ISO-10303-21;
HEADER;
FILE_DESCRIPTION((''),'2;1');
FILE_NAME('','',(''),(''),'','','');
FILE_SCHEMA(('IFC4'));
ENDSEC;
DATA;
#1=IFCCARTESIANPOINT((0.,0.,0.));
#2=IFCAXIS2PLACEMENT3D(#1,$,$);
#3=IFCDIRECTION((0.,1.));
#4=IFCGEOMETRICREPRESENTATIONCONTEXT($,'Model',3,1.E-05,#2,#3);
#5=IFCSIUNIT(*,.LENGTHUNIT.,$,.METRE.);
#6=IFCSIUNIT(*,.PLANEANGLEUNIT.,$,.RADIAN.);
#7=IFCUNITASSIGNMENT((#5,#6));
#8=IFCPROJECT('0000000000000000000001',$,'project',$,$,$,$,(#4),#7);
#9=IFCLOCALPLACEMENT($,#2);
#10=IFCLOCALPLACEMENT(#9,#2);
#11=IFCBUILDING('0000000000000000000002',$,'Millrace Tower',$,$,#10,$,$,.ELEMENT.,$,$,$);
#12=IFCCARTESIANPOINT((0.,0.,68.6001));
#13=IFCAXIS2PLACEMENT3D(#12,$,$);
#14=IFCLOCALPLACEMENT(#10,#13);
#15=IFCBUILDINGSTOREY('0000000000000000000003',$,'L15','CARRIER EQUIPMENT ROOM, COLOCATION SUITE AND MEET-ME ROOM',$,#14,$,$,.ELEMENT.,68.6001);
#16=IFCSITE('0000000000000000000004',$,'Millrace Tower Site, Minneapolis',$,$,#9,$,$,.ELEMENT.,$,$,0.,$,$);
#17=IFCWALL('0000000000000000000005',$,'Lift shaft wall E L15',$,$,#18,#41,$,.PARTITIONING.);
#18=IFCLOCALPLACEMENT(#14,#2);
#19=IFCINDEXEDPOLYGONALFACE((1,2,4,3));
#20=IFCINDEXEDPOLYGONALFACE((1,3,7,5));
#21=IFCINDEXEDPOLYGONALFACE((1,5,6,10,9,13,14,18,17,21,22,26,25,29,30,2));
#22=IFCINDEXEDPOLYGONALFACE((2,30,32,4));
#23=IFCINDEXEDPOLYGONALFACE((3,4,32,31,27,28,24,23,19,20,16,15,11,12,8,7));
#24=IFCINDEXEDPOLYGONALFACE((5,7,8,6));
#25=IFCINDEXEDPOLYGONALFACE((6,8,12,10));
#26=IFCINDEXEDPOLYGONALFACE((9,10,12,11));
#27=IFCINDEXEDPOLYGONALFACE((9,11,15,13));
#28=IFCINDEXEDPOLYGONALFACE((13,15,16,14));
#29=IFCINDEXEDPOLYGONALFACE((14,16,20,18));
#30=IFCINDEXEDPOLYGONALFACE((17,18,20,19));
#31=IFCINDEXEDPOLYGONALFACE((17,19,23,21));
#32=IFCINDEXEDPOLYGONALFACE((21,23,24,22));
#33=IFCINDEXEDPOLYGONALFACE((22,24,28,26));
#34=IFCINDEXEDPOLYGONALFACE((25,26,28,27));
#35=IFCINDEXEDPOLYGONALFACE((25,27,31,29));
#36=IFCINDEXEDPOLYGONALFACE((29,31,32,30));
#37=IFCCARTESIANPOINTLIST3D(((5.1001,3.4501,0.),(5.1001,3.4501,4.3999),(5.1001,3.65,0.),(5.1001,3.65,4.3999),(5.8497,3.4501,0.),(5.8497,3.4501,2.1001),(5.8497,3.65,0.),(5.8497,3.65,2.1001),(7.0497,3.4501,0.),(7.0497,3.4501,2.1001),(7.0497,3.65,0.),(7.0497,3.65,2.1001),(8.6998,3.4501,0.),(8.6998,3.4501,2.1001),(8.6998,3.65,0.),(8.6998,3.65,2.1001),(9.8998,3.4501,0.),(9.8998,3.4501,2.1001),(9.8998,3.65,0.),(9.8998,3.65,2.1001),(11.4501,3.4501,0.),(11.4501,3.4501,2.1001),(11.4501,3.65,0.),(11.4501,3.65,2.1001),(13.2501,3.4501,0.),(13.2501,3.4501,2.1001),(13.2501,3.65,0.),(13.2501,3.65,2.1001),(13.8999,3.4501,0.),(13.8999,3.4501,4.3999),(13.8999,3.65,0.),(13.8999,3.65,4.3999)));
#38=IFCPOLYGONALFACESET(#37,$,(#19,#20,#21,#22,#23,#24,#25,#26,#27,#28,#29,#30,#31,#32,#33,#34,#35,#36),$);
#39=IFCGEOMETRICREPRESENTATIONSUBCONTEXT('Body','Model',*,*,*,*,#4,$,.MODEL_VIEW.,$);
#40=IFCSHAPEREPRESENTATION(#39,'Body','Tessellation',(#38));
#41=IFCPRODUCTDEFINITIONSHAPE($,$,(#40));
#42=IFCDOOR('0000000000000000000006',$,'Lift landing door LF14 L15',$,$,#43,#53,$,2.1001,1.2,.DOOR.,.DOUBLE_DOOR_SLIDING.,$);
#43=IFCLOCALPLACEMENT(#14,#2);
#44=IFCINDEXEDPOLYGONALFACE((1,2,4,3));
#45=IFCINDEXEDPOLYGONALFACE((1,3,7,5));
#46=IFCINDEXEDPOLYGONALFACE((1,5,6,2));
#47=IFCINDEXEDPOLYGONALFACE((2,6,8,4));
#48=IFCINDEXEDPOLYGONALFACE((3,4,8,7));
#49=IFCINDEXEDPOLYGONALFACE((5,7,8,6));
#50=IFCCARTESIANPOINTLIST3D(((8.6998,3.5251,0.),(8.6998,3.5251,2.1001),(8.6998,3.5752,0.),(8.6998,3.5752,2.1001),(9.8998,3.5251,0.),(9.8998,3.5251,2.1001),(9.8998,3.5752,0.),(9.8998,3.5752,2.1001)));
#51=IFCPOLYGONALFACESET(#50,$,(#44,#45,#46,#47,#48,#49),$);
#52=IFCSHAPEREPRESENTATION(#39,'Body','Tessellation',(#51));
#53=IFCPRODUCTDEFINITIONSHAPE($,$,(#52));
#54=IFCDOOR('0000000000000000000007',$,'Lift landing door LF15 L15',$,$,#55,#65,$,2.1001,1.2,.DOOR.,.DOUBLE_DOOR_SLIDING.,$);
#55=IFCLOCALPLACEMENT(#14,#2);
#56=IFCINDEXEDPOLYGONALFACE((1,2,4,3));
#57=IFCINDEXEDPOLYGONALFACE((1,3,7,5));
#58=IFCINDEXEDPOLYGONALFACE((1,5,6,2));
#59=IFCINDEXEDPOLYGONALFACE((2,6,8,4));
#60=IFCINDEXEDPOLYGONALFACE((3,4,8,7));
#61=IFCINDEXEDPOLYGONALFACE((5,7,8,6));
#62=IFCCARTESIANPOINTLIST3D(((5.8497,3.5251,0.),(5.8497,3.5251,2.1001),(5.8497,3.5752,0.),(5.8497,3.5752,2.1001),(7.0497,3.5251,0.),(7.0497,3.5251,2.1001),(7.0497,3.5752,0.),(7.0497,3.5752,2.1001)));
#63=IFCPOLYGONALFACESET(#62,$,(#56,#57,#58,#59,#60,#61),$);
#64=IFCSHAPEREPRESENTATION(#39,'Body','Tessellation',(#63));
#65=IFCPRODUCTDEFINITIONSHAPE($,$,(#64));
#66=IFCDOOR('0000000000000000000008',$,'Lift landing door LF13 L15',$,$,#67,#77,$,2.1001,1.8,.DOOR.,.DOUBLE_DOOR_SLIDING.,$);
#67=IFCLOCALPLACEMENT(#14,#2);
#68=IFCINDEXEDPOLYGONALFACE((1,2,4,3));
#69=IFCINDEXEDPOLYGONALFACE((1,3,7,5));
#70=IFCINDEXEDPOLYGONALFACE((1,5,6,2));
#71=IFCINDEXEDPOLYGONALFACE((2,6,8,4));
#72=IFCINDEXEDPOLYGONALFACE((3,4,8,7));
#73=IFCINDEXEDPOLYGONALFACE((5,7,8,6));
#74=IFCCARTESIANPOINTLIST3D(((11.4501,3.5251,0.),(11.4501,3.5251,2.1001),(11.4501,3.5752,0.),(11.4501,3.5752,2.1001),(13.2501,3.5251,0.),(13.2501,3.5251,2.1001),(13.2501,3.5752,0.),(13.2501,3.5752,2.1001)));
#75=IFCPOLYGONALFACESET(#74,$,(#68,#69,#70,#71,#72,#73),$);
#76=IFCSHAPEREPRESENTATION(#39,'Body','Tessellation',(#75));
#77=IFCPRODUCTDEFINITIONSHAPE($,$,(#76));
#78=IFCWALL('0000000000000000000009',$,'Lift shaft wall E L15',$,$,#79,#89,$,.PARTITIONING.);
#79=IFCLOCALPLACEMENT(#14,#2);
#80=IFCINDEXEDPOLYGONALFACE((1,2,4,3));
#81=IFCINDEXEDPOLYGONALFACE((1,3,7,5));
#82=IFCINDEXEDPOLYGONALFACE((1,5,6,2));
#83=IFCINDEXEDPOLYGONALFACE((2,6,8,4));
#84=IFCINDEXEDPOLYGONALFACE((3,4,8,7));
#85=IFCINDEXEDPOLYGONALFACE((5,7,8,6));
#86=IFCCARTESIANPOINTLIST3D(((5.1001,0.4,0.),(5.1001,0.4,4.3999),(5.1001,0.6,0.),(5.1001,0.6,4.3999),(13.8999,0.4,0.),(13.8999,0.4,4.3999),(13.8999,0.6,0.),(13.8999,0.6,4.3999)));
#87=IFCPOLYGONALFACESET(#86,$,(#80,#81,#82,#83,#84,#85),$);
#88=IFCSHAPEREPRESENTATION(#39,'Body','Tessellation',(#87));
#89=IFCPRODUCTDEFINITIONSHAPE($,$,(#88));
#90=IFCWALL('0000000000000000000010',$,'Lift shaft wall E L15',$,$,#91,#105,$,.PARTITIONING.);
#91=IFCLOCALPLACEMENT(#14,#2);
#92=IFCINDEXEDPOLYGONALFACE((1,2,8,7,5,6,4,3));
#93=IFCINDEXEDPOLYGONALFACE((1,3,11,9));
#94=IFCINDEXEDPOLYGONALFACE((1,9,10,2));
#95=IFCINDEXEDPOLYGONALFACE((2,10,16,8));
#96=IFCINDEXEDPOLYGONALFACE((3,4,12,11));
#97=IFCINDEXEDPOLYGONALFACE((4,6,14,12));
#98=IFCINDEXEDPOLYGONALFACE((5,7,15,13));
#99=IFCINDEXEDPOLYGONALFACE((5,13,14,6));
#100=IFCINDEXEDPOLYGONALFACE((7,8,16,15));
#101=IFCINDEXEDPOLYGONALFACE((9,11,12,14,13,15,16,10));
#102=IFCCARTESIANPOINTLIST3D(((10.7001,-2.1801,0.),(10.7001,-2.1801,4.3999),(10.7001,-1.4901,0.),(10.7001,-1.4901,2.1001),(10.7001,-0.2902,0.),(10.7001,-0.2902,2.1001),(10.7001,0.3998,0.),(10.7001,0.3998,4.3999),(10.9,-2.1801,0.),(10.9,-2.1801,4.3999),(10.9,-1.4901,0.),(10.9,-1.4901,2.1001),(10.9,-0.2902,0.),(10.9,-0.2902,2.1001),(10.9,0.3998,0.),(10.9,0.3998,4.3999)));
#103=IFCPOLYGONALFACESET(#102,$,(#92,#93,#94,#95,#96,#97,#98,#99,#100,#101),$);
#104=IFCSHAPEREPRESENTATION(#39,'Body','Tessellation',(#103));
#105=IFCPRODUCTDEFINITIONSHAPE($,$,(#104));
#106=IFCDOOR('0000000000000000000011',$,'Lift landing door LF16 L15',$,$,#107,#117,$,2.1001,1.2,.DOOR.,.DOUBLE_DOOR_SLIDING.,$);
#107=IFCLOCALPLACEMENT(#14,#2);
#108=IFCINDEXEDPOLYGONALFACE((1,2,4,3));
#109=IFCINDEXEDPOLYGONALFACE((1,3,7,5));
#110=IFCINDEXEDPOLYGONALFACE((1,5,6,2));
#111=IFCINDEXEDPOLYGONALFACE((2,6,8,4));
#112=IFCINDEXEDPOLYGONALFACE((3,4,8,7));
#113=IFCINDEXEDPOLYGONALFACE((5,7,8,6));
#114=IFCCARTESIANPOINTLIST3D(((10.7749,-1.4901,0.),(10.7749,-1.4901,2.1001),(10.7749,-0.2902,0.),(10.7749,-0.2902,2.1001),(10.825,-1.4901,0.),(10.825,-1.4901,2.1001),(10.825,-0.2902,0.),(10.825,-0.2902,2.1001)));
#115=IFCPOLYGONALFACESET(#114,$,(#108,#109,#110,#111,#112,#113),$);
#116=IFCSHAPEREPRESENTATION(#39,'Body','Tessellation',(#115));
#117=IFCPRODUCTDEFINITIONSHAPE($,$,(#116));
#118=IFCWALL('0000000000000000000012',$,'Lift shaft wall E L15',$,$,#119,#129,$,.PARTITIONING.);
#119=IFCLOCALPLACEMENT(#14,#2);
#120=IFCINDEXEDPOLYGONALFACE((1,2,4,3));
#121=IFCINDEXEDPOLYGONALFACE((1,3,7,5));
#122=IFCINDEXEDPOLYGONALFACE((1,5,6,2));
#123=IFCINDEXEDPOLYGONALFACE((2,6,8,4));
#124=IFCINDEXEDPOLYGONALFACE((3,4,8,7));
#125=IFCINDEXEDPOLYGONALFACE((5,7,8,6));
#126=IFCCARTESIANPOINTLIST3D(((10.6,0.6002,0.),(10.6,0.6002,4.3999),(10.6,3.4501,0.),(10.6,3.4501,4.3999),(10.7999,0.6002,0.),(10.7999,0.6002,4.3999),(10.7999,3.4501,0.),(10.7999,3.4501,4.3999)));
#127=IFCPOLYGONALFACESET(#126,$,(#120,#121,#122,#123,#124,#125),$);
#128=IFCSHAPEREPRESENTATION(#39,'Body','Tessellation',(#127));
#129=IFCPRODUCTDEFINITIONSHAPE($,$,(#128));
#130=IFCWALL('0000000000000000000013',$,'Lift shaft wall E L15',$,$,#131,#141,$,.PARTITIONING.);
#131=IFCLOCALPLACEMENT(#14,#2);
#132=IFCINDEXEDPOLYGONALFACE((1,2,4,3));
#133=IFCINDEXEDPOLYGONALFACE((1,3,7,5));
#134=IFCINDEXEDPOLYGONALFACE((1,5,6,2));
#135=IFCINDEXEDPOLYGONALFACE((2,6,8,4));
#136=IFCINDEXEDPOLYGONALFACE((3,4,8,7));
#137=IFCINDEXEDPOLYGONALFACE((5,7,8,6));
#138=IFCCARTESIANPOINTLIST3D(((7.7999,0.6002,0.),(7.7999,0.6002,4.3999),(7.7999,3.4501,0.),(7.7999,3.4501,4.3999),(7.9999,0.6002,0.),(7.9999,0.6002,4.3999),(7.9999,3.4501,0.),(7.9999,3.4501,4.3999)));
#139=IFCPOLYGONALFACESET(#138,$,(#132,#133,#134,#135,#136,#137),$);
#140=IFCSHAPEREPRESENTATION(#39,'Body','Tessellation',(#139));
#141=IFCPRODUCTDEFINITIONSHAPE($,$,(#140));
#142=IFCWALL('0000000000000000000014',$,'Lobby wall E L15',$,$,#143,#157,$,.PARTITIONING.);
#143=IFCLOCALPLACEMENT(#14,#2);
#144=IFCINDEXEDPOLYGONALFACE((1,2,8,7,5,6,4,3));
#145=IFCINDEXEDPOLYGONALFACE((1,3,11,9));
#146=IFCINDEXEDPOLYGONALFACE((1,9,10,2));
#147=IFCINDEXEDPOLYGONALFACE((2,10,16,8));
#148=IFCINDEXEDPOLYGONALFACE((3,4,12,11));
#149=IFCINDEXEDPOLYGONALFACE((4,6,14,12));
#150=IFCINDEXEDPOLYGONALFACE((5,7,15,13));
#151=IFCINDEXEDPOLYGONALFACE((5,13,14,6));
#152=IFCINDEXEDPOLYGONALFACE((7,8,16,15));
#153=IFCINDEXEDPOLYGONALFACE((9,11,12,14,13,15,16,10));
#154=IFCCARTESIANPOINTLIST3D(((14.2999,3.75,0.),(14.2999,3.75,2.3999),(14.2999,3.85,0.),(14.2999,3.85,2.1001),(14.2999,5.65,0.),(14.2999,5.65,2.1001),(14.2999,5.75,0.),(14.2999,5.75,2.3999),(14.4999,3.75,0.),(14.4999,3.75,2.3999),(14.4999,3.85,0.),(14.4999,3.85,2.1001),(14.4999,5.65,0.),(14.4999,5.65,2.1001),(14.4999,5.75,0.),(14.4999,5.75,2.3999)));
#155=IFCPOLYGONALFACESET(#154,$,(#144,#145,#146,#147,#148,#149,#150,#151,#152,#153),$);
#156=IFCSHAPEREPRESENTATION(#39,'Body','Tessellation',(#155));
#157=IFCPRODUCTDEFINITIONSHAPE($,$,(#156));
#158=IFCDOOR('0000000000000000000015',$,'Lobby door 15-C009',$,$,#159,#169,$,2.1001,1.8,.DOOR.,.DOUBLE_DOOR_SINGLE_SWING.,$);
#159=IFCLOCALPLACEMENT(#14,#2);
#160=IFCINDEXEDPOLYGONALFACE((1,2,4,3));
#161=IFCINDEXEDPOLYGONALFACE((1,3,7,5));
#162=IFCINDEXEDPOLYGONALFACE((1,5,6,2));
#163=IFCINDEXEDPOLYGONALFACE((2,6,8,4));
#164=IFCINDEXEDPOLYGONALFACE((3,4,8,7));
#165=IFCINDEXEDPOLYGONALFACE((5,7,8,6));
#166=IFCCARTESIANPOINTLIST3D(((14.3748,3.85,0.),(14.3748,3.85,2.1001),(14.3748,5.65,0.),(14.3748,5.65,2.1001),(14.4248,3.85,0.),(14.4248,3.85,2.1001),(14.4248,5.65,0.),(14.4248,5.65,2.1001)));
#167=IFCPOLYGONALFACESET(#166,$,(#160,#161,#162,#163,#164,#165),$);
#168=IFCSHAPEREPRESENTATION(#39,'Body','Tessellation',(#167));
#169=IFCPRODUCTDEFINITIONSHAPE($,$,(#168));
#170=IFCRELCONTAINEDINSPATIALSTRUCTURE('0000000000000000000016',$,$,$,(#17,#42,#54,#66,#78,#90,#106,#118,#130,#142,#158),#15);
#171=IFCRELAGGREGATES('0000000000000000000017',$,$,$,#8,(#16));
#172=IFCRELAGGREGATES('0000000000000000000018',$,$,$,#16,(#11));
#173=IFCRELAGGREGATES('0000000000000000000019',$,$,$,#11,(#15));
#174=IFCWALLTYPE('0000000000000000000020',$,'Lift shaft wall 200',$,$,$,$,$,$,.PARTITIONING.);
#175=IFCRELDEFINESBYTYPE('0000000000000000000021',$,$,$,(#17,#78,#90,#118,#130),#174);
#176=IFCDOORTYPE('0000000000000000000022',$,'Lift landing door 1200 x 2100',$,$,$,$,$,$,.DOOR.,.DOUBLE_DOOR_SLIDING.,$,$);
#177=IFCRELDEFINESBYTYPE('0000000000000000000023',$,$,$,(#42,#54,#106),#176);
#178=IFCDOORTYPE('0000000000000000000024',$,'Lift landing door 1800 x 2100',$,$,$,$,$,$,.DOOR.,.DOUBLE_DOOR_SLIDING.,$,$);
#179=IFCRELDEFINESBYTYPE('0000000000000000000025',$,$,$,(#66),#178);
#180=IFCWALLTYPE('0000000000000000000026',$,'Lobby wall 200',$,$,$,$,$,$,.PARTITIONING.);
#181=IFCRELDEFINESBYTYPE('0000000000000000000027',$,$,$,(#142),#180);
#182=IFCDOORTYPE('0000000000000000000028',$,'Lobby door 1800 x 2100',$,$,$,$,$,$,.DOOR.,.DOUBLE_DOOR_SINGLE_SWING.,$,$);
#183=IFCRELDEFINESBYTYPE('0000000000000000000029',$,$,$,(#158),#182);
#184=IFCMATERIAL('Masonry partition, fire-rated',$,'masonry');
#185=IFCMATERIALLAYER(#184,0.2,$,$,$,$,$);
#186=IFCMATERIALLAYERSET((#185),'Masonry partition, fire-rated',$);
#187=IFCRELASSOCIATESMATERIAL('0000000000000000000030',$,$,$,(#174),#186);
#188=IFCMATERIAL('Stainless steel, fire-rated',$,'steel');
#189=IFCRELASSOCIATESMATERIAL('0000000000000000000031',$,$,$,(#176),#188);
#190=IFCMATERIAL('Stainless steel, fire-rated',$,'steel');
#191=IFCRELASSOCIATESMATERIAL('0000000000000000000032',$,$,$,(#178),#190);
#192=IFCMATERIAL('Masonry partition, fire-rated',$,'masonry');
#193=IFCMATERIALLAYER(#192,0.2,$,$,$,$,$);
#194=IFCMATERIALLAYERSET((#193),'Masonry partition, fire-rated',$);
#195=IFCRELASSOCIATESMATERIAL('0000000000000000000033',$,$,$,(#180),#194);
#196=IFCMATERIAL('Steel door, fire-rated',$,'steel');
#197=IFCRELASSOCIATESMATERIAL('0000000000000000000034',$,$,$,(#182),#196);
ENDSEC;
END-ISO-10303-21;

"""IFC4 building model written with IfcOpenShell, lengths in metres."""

from ifc_helpers import new_model, si_unit, direction, frame, frame_2d, origin, place, context, subcontext, project, spatial, rectangle, extrude, material, layer, layer_set, type_object, element, fill, save


model = new_model("IFC4")

# Units and contexts
model_context = context("Model", 3, precision=1e-05, world=origin(), true_north=direction((0.0, 1.0)))
body_context = subcontext(model_context, "Body", "Model", "MODEL_VIEW")
ifc_project = project(units=[si_unit("LENGTHUNIT", "METRE"), si_unit("PLANEANGLEUNIT", "RADIAN")], contexts=[model_context])

# Site, building, storey
site_placement = place(None, origin())
site = spatial("IfcSite", under=ifc_project, at=site_placement, Name="Millrace Tower Site, Minneapolis", CompositionType="ELEMENT", RefElevation=0.0)
building_placement = place(site_placement, origin())
building = spatial("IfcBuilding", under=site, at=building_placement, Name="Millrace Tower", CompositionType="ELEMENT")
storey_placement = place(building_placement, frame((0.0, 0.0, 68.6001)))
storey = spatial("IfcBuildingStorey", under=building, at=storey_placement, Name="L15", Description="CARRIER EQUIPMENT ROOM, COLOCATION SUITE AND MEET-ME ROOM", CompositionType="ELEMENT", Elevation=68.6001)

# Wall, openings, doors
ifc_material_1 = material(Name="Masonry partition, fire-rated", Category="masonry")
ifc_layer_1 = layer(ifc_material_1, 0.2)
ifc_layer_set_1 = layer_set([ifc_layer_1], Name="Masonry partition, fire-rated")
wall_type_1 = type_object("IfcWallType", Name="Lift shaft wall 200", PredefinedType="PARTITIONING", material=ifc_layer_set_1)
wall_1_placement = place(storey_placement, frame((13.8999, 3.55, 0.0), z_axis=(0.0, 0.0, 1.0), x_axis=(-1.0, 0.0, 0.0)))
wall_1 = element("IfcWall", 1, at=wall_1_placement, inside=storey, type_object=wall_type_1, Name="Lift shaft wall E L15", PredefinedType="PARTITIONING", context=body_context, shape_type="SweptSolid", body=[
    extrude(rectangle(XDim=8.7998, YDim=0.2, at=frame_2d((4.3999, 0.0))), origin(), (0.0, 0.0, 1.0), 4.3999),
])
opening_1_placement = place(wall_1_placement, frame((0.6499, 0.0, 0.0)))
opening_1 = element("IfcOpeningElement", 2, at=opening_1_placement, cuts=wall_1, PredefinedType="OPENING", context=body_context, shape_type="SweptSolid", body=[
    extrude(rectangle(XDim=1.8, YDim=2.1001, at=frame_2d((0.8999, 1.05))), frame((0.0, 0.1099, 0.0), z_axis=(0.0, -1.0, 0.0), x_axis=(1.0, 0.0, 0.0)), (0.0, 0.0, 1.0), 0.22),
])
opening_2_placement = place(wall_1_placement, frame((4.0, 0.0, 0.0)))
opening_2 = element("IfcOpeningElement", 3, at=opening_2_placement, cuts=wall_1, PredefinedType="OPENING", context=body_context, shape_type="SweptSolid", body=[
    extrude(rectangle(XDim=1.2, YDim=2.1001, at=frame_2d((0.6001, 1.05))), frame((0.0, 0.1099, 0.0), z_axis=(0.0, -1.0, 0.0), x_axis=(1.0, 0.0, 0.0)), (0.0, 0.0, 1.0), 0.22),
])
opening_3_placement = place(wall_1_placement, frame((6.8501, 0.0, 0.0)))
opening_3 = element("IfcOpeningElement", 4, at=opening_3_placement, cuts=wall_1, PredefinedType="OPENING", context=body_context, shape_type="SweptSolid", body=[
    extrude(rectangle(XDim=1.2, YDim=2.1001, at=frame_2d((0.6001, 1.05))), frame((0.0, 0.1099, 0.0), z_axis=(0.0, -1.0, 0.0), x_axis=(1.0, 0.0, 0.0)), (0.0, 0.0, 1.0), 0.22),
])
ifc_material_2 = material(Name="Stainless steel, fire-rated", Category="steel")
door_type_1 = type_object("IfcDoorType", Name="Lift landing door 1200 x 2100", OperationType="DOUBLE_DOOR_SLIDING", PredefinedType="DOOR", material=ifc_material_2)
door_1_placement = place(opening_2_placement, origin())
door_1 = element("IfcDoor", 5, at=door_1_placement, inside=storey, type_object=door_type_1, Name="Lift landing door LF14 L15", OperationType="DOUBLE_DOOR_SLIDING", OverallHeight=2.1001, OverallWidth=1.2, PredefinedType="DOOR", context=body_context, shape_type="SweptSolid", body=[
    extrude(rectangle(XDim=1.2, YDim=2.1001, at=frame_2d((0.6001, 1.05))), frame((0.0, 0.0249, 0.0), z_axis=(0.0, -1.0, 0.0), x_axis=(1.0, 0.0, 0.0)), (0.0, 0.0, 1.0), 0.05),
])
fill(opening_2, door_1)
door_2_placement = place(opening_3_placement, origin())
door_2 = element("IfcDoor", 6, at=door_2_placement, inside=storey, type_object=door_type_1, Name="Lift landing door LF15 L15", OperationType="DOUBLE_DOOR_SLIDING", OverallHeight=2.1001, OverallWidth=1.2, PredefinedType="DOOR", context=body_context, shape_type="SweptSolid", body=[
    extrude(rectangle(XDim=1.2, YDim=2.1001, at=frame_2d((0.6001, 1.05))), frame((0.0, 0.0249, 0.0), z_axis=(0.0, -1.0, 0.0), x_axis=(1.0, 0.0, 0.0)), (0.0, 0.0, 1.0), 0.05),
])
fill(opening_3, door_2)
ifc_material_3 = material(Name="Stainless steel, fire-rated", Category="steel")
door_type_2 = type_object("IfcDoorType", Name="Lift landing door 1800 x 2100", OperationType="DOUBLE_DOOR_SLIDING", PredefinedType="DOOR", material=ifc_material_3)
door_3_placement = place(opening_1_placement, origin())
door_3 = element("IfcDoor", 7, at=door_3_placement, inside=storey, type_object=door_type_2, Name="Lift landing door LF13 L15", OperationType="DOUBLE_DOOR_SLIDING", OverallHeight=2.1001, OverallWidth=1.8, PredefinedType="DOOR", context=body_context, shape_type="SweptSolid", body=[
    extrude(rectangle(XDim=1.8, YDim=2.1001, at=frame_2d((0.8999, 1.05))), frame((0.0, 0.0249, 0.0), z_axis=(0.0, -1.0, 0.0), x_axis=(1.0, 0.0, 0.0)), (0.0, 0.0, 1.0), 0.05),
])
fill(opening_1, door_3)

# Wall
wall_2_placement = place(storey_placement, frame((13.8999, 0.5, 0.0), z_axis=(0.0, 0.0, 1.0), x_axis=(-1.0, 0.0, 0.0)))
element("IfcWall", 8, at=wall_2_placement, inside=storey, type_object=wall_type_1, Name="Lift shaft wall E L15", PredefinedType="PARTITIONING", context=body_context, shape_type="SweptSolid", body=[
    extrude(rectangle(XDim=8.7998, YDim=0.2, at=frame_2d((4.3999, 0.0))), origin(), (0.0, 0.0, 1.0), 4.3999),
])

# Wall, opening, door
wall_3_placement = place(storey_placement, frame((10.8, 0.3999, 0.0), z_axis=(0.0, 0.0, 1.0), x_axis=(0.0, -1.0, 0.0)))
wall_3 = element("IfcWall", 9, at=wall_3_placement, inside=storey, type_object=wall_type_1, Name="Lift shaft wall E L15", PredefinedType="PARTITIONING", context=body_context, shape_type="SweptSolid", body=[
    extrude(rectangle(XDim=2.5798, YDim=0.2, at=frame_2d((1.29, 0.0))), origin(), (0.0, 0.0, 1.0), 4.3999),
])
opening_4_placement = place(wall_3_placement, frame((0.6899, 0.0, 0.0)))
opening_4 = element("IfcOpeningElement", 10, at=opening_4_placement, cuts=wall_3, PredefinedType="OPENING", context=body_context, shape_type="SweptSolid", body=[
    extrude(rectangle(XDim=1.2, YDim=2.1001, at=frame_2d((0.6001, 1.05))), frame((0.0, 0.1099, 0.0), z_axis=(0.0, -1.0, 0.0), x_axis=(1.0, 0.0, 0.0)), (0.0, 0.0, 1.0), 0.22),
])
door_4_placement = place(opening_4_placement, origin())
door_4 = element("IfcDoor", 11, at=door_4_placement, inside=storey, type_object=door_type_1, Name="Lift landing door LF16 L15", OperationType="DOUBLE_DOOR_SLIDING", OverallHeight=2.1001, OverallWidth=1.2, PredefinedType="DOOR", context=body_context, shape_type="SweptSolid", body=[
    extrude(rectangle(XDim=1.2, YDim=2.1001, at=frame_2d((0.6001, 1.05))), frame((0.0, 0.0249, 0.0), z_axis=(0.0, -1.0, 0.0), x_axis=(1.0, 0.0, 0.0)), (0.0, 0.0, 1.0), 0.05),
])
fill(opening_4, door_4)

# Walls
for number, where, z_axis, x_axis, name in (
    (12, (10.7, 3.45, 0.0), (0.0, 0.0, 1.0), (0.0, -1.0, 0.0), "Lift shaft wall E L15"),
    (13, (7.8999, 3.45, 0.0), (0.0, 0.0, 1.0), (0.0, -1.0, 0.0), "Lift shaft wall E L15"),
):
    element("IfcWall", number, at=place(storey_placement, frame(where, z_axis=z_axis, x_axis=x_axis)), inside=storey, type_object=wall_type_1, Name=name, PredefinedType="PARTITIONING", context=body_context, shape_type="SweptSolid", body=[
        extrude(rectangle(XDim=2.8499, YDim=0.2, at=frame_2d((1.4248, 0.0))), origin(), (0.0, 0.0, 1.0), 4.3999),
    ])

# Wall, opening, door
ifc_material_4 = material(Name="Masonry partition, fire-rated", Category="masonry")
ifc_layer_2 = layer(ifc_material_4, 0.2)
ifc_layer_set_2 = layer_set([ifc_layer_2], Name="Masonry partition, fire-rated")
wall_type_2 = type_object("IfcWallType", Name="Lobby wall 200", PredefinedType="PARTITIONING", material=ifc_layer_set_2)
wall_4_placement = place(storey_placement, frame((14.3999, 5.75, 0.0), z_axis=(0.0, 0.0, 1.0), x_axis=(0.0, -1.0, 0.0)))
wall_4 = element("IfcWall", 14, at=wall_4_placement, inside=storey, type_object=wall_type_2, Name="Lobby wall E L15", PredefinedType="PARTITIONING", context=body_context, shape_type="SweptSolid", body=[
    extrude(rectangle(XDim=2.0, YDim=0.2, at=frame_2d((1.0, 0.0))), origin(), (0.0, 0.0, 1.0), 2.3999),
])
opening_5_placement = place(wall_4_placement, frame((0.1001, 0.0, 0.0)))
opening_5 = element("IfcOpeningElement", 15, at=opening_5_placement, cuts=wall_4, PredefinedType="OPENING", context=body_context, shape_type="SweptSolid", body=[
    extrude(rectangle(XDim=1.8, YDim=2.1001, at=frame_2d((0.8999, 1.05))), frame((0.0, 0.1099, 0.0), z_axis=(0.0, -1.0, 0.0), x_axis=(1.0, 0.0, 0.0)), (0.0, 0.0, 1.0), 0.22),
])
ifc_material_5 = material(Name="Steel door, fire-rated", Category="steel")
door_type_3 = type_object("IfcDoorType", Name="Lobby door 1800 x 2100", OperationType="DOUBLE_DOOR_SINGLE_SWING", PredefinedType="DOOR", material=ifc_material_5)
door_5_placement = place(opening_5_placement, origin())
door_5 = element("IfcDoor", 16, at=door_5_placement, inside=storey, type_object=door_type_3, Name="Lobby door 15-C009", OperationType="DOUBLE_DOOR_SINGLE_SWING", OverallHeight=2.1001, OverallWidth=1.8, PredefinedType="DOOR", context=body_context, shape_type="SweptSolid", body=[
    extrude(rectangle(XDim=1.8, YDim=2.1001, at=frame_2d((0.8999, 1.05))), frame((0.0, 0.0249, 0.0), z_axis=(0.0, -1.0, 0.0), x_axis=(1.0, 0.0, 0.0)), (0.0, 0.0, 1.0), 0.05),
])
fill(opening_5, door_5)

save(model, "model.ifc")
